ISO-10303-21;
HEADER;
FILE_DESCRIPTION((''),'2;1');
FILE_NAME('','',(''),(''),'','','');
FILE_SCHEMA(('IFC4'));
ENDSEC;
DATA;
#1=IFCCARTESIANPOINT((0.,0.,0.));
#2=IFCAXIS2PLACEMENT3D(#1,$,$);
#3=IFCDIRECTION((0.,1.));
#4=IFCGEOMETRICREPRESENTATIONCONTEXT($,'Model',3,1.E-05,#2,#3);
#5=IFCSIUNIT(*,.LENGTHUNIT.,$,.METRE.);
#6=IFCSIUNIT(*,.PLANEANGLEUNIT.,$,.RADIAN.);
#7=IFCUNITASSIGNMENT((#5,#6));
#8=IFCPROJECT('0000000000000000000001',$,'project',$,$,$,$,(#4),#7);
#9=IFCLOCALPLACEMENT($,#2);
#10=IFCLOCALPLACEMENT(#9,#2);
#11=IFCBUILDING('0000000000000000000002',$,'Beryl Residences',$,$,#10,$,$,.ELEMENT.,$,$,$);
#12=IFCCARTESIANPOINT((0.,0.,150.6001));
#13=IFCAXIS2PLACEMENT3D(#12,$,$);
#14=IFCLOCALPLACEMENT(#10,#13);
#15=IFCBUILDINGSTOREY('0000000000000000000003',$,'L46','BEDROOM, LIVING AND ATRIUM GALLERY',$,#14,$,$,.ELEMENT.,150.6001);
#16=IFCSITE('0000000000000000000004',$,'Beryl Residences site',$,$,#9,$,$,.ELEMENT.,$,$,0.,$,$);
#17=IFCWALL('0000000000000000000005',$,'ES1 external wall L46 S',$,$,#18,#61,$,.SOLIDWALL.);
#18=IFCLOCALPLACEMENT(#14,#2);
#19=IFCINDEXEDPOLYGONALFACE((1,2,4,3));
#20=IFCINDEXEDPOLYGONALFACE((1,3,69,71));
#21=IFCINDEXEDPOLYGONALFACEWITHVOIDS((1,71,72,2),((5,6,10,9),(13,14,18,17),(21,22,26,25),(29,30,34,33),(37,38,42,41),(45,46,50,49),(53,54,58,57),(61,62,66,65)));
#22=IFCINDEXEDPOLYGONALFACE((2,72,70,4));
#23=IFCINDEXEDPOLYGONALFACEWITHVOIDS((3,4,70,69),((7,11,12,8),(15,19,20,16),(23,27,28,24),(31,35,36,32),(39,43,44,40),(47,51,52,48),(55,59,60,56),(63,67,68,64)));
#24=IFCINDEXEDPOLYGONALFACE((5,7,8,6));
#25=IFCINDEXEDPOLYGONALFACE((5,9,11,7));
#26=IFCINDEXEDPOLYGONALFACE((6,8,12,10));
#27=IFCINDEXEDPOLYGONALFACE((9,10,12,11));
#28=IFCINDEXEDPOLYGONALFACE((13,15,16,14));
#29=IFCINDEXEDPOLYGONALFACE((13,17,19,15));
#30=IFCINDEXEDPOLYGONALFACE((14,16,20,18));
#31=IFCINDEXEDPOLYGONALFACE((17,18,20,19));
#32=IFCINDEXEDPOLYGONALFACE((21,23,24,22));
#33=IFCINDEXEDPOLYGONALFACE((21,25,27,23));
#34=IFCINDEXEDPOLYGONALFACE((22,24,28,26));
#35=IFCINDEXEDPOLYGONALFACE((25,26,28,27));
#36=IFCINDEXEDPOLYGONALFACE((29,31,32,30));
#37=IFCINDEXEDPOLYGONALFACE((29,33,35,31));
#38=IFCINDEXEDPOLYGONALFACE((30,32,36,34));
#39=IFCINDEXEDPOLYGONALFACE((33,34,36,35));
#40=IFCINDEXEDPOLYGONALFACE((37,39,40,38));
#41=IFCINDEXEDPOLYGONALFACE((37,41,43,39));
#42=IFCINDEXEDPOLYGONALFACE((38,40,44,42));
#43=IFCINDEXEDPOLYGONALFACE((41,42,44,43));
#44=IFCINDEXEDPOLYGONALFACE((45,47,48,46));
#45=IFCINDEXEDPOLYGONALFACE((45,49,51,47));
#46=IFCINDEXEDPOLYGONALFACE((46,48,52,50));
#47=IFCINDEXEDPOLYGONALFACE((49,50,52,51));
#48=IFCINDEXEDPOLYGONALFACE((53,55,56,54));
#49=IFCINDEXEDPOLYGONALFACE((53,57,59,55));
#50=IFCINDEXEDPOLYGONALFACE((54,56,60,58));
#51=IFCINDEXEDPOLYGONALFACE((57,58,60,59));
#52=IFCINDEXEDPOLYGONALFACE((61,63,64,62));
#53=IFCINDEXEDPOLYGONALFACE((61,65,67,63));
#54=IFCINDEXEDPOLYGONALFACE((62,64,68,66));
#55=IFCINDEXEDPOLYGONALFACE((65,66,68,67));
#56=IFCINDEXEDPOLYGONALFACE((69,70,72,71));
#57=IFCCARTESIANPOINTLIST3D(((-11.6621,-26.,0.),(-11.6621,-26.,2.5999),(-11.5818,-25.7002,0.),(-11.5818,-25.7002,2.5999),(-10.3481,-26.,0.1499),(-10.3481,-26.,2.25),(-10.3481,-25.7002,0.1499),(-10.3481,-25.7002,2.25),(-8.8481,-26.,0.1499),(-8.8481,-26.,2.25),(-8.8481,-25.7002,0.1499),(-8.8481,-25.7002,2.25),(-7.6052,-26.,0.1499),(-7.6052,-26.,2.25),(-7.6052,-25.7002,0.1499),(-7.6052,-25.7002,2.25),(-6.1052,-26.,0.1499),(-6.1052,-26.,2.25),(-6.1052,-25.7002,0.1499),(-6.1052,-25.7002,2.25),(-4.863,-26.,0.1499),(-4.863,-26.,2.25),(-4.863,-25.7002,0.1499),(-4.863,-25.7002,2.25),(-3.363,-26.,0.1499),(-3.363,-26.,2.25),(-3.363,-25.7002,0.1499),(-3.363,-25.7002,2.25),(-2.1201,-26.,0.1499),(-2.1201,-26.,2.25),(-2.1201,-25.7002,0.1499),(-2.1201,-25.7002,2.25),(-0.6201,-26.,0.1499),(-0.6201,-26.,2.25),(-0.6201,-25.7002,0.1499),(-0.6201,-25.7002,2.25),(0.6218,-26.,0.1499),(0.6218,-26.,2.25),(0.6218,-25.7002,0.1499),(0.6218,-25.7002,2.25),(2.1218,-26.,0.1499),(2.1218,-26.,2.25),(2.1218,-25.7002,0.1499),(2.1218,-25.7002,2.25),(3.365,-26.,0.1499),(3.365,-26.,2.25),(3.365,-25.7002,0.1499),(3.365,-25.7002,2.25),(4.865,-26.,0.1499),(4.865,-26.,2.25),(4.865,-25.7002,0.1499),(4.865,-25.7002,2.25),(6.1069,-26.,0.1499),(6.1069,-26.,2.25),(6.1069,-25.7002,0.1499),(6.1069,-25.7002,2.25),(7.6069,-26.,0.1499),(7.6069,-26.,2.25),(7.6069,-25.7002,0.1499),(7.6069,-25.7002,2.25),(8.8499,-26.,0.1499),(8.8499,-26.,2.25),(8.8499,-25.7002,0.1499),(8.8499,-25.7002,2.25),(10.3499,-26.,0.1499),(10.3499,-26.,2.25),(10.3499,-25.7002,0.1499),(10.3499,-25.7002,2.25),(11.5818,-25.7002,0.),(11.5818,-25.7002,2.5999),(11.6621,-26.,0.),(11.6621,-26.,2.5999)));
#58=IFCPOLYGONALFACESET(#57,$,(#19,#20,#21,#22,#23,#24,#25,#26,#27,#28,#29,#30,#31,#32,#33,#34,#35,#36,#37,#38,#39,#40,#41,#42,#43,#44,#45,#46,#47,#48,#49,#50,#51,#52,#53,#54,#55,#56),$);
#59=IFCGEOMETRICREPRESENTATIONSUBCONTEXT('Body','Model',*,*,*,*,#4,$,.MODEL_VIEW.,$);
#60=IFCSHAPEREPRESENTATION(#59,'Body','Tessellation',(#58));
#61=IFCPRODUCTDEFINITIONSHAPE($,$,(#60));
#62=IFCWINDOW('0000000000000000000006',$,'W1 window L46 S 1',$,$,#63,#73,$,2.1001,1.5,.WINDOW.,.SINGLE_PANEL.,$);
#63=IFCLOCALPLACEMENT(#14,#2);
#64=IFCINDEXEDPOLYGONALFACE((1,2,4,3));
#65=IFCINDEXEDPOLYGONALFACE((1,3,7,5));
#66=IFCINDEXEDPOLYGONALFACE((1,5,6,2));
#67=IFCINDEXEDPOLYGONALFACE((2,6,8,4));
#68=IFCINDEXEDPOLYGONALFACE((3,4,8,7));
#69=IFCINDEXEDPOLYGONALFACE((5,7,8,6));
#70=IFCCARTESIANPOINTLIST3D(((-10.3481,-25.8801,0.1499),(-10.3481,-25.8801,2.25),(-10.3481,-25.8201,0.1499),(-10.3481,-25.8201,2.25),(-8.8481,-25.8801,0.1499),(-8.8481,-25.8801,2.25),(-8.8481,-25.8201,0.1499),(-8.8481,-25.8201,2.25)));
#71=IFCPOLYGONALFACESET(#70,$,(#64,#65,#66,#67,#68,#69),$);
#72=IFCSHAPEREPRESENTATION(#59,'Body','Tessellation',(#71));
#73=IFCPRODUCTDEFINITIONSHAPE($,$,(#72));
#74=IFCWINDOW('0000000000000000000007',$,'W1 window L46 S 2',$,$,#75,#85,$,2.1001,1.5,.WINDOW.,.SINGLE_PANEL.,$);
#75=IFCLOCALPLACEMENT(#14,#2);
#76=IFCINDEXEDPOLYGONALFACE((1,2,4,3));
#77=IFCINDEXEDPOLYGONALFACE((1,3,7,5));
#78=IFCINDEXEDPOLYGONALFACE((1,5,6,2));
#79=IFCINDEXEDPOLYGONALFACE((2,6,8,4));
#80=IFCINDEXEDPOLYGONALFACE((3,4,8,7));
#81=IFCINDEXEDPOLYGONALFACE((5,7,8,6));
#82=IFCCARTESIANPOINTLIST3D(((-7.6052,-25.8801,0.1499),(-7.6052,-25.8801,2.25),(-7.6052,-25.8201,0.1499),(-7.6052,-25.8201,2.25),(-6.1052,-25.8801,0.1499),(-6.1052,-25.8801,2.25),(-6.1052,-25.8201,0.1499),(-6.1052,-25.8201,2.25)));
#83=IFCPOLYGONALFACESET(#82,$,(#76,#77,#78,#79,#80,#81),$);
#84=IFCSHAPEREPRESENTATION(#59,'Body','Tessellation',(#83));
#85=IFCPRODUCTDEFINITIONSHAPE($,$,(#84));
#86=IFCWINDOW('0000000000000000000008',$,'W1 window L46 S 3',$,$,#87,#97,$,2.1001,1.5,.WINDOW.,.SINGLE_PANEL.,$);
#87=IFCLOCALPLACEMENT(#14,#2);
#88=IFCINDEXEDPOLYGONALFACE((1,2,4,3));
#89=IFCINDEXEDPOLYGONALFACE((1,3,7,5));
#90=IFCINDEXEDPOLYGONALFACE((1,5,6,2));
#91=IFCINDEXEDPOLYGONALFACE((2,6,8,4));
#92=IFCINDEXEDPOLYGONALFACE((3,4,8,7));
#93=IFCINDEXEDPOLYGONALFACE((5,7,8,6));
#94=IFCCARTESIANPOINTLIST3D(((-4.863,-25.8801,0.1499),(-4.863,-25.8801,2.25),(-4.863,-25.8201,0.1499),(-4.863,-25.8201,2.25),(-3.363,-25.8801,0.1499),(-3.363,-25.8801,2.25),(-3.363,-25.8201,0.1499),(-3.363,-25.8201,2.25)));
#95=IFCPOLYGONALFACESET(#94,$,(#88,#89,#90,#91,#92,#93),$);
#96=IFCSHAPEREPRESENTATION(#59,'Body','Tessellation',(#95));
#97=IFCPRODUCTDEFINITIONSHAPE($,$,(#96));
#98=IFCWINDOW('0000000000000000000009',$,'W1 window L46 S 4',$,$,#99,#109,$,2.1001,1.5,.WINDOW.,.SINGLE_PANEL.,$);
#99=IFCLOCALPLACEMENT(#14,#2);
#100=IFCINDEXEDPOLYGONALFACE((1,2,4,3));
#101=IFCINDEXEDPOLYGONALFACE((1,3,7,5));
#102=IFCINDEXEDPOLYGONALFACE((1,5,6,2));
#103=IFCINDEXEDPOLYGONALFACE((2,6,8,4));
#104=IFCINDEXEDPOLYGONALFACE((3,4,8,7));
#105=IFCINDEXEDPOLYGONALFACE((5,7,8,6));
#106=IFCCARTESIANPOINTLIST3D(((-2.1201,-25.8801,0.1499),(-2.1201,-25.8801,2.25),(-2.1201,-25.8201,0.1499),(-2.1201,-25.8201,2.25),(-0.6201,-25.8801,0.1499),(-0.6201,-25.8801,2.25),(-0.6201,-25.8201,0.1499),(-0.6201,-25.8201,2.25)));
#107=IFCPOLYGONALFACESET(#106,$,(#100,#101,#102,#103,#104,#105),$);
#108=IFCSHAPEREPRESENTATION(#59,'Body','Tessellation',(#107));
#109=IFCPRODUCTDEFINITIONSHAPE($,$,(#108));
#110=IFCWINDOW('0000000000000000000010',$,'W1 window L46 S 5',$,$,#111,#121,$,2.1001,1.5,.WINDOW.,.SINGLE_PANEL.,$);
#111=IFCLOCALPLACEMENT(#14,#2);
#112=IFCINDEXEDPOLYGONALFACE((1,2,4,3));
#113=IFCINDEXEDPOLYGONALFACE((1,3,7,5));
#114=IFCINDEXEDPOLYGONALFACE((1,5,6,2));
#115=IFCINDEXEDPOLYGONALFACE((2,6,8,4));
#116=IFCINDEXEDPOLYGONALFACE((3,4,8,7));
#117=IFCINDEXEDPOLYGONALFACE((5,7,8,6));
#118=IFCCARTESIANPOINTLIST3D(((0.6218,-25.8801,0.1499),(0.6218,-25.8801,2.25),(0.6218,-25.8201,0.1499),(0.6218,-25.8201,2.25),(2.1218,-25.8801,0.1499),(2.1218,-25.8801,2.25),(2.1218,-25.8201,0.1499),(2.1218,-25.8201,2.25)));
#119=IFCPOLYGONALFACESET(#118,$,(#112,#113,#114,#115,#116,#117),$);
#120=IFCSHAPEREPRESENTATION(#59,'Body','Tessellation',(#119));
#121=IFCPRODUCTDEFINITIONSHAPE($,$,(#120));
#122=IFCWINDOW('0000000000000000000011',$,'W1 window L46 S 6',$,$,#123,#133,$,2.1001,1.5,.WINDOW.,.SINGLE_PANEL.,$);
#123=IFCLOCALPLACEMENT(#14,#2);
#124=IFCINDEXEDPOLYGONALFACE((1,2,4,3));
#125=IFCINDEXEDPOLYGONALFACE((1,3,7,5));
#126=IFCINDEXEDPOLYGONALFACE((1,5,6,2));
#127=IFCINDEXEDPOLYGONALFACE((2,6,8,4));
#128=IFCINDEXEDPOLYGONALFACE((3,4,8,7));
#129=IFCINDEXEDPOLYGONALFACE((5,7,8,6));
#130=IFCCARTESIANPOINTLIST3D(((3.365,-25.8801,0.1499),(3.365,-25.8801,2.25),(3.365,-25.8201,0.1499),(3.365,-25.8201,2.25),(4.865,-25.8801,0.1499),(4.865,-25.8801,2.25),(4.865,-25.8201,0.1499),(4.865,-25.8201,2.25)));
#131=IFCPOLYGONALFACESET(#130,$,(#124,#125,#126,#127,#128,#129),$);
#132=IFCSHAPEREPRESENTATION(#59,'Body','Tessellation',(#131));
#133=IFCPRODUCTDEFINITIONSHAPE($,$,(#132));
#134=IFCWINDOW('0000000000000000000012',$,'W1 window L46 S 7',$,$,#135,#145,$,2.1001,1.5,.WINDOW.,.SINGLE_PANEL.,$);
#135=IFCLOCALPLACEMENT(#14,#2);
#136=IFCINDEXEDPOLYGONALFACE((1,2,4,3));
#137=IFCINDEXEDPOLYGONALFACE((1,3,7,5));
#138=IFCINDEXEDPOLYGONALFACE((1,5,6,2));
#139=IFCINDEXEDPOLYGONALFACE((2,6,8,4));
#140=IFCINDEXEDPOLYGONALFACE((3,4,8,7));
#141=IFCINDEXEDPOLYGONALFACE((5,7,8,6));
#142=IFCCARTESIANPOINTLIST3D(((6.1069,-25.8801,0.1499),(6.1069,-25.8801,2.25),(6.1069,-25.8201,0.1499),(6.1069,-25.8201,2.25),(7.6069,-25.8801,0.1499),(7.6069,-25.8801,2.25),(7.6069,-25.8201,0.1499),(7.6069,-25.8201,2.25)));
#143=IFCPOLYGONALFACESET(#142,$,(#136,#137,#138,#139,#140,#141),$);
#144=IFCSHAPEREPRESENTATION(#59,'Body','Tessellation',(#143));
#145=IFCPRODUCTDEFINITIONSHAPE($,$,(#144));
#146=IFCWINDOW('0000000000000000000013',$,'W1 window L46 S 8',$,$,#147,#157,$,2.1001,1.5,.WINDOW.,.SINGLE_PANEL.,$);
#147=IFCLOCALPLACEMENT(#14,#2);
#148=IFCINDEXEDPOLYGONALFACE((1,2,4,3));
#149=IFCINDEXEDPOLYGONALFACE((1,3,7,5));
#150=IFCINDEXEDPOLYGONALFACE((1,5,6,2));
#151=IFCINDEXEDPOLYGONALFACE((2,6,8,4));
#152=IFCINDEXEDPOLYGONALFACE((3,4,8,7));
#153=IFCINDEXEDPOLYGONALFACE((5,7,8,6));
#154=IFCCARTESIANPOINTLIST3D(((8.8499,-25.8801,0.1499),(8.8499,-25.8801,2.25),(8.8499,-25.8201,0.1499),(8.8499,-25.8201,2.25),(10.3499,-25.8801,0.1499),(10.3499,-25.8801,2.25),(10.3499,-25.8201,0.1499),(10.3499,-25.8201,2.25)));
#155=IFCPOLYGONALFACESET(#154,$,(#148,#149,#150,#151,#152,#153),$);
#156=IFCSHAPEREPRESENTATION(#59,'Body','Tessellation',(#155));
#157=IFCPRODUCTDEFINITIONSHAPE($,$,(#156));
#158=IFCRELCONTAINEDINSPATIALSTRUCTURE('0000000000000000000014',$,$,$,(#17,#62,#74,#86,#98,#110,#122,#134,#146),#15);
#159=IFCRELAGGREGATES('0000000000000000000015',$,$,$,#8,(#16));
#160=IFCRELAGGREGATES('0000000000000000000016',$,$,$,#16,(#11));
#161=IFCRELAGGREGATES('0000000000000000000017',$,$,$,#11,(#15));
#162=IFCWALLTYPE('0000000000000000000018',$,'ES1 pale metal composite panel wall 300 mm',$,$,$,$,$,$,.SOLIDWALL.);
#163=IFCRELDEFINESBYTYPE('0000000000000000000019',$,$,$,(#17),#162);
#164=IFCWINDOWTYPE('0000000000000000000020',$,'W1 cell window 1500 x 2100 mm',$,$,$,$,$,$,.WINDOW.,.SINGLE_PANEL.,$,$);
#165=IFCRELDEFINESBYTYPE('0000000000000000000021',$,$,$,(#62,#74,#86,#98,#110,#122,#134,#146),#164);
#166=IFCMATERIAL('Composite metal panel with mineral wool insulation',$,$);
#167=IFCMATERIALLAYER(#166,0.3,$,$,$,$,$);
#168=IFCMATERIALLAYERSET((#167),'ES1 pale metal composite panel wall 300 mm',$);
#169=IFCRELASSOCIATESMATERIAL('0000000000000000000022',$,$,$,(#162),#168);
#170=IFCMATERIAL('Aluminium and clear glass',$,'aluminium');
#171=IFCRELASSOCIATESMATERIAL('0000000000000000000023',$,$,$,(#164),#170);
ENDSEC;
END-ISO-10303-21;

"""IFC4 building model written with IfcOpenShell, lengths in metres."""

from ifc_helpers import new_model, si_unit, direction, frame, frame_2d, origin, place, context, subcontext, project, spatial, polyline, rectangle, outline, extrude, material, layer, layer_set, type_object, element, fill, save


model = new_model("IFC4")

# Units and contexts
model_context = context("Model", 3, precision=1e-05, world=origin(), true_north=direction((0.0, 1.0)))
body_context = subcontext(model_context, "Body", "Model", "MODEL_VIEW")
ifc_project = project(units=[si_unit("LENGTHUNIT", "METRE"), si_unit("PLANEANGLEUNIT", "RADIAN")], contexts=[model_context])

# Site, building, storey
site_placement = place(None, origin())
site = spatial("IfcSite", under=ifc_project, at=site_placement, Name="Beryl Residences site", CompositionType="ELEMENT", RefElevation=0.0)
building_placement = place(site_placement, origin())
building = spatial("IfcBuilding", under=site, at=building_placement, Name="Beryl Residences", CompositionType="ELEMENT")
storey_placement = place(building_placement, frame((0.0, 0.0, 150.6001)))
storey = spatial("IfcBuildingStorey", under=building, at=storey_placement, Name="L46", Description="BEDROOM, LIVING AND ATRIUM GALLERY", CompositionType="ELEMENT", Elevation=150.6001)

# Wall, openings, windows
ifc_material_1 = material(Name="Composite metal panel with mineral wool insulation")
ifc_layer_1 = layer(ifc_material_1, 0.3)
ifc_layer_set_1 = layer_set([ifc_layer_1], Name="ES1 pale metal composite panel wall 300 mm")
wall_type_1 = type_object("IfcWallType", Name="ES1 pale metal composite panel wall 300 mm", PredefinedType="SOLIDWALL", material=ifc_layer_set_1)
wall_1_placement = place(storey_placement, frame((-11.6621, -25.8501, 0.0), z_axis=(0.0, 0.0, 1.0), x_axis=(1.0, 0.0, 0.0)))
wall_1 = element("IfcWall", 1, at=wall_1_placement, inside=storey, type_object=wall_type_1, Name="ES1 external wall L46 S", PredefinedType="SOLIDWALL", context=body_context, shape_type="SweptSolid", body=[
    extrude(outline(polyline([(0.0, -0.1499), (23.3242, -0.1499), (23.2439, 0.1499), (0.0803, 0.1499), (0.0, -0.1499)])), origin(), (0.0, 0.0, 1.0), 2.5999),
])
opening_1_placement = place(wall_1_placement, frame((1.314, 0.0, 0.1499)))
opening_1 = element("IfcOpeningElement", 2, at=opening_1_placement, cuts=wall_1, PredefinedType="OPENING", context=body_context, shape_type="SweptSolid", body=[
    extrude(rectangle(XDim=1.5, YDim=2.1001, at=frame_2d((0.75, 1.05))), frame((0.0, 0.1599, 0.0), z_axis=(0.0, -1.0, 0.0), x_axis=(1.0, 0.0, 0.0)), (0.0, 0.0, 1.0), 0.3201),
])
opening_2_placement = place(wall_1_placement, frame((4.0569, 0.0, 0.1499)))
opening_2 = element("IfcOpeningElement", 3, at=opening_2_placement, cuts=wall_1, PredefinedType="OPENING", context=body_context, shape_type="SweptSolid", body=[
    extrude(rectangle(XDim=1.5, YDim=2.1001, at=frame_2d((0.75, 1.05))), frame((0.0, 0.1599, 0.0), z_axis=(0.0, -1.0, 0.0), x_axis=(1.0, 0.0, 0.0)), (0.0, 0.0, 1.0), 0.3201),
])
opening_3_placement = place(wall_1_placement, frame((6.7991, 0.0, 0.1499)))
opening_3 = element("IfcOpeningElement", 4, at=opening_3_placement, cuts=wall_1, PredefinedType="OPENING", context=body_context, shape_type="SweptSolid", body=[
    extrude(rectangle(XDim=1.5, YDim=2.1001, at=frame_2d((0.75, 1.05))), frame((0.0, 0.1599, 0.0), z_axis=(0.0, -1.0, 0.0), x_axis=(1.0, 0.0, 0.0)), (0.0, 0.0, 1.0), 0.3201),
])
opening_4_placement = place(wall_1_placement, frame((9.542, 0.0, 0.1499)))
opening_4 = element("IfcOpeningElement", 5, at=opening_4_placement, cuts=wall_1, PredefinedType="OPENING", context=body_context, shape_type="SweptSolid", body=[
    extrude(rectangle(XDim=1.5, YDim=2.1001, at=frame_2d((0.75, 1.05))), frame((0.0, 0.1599, 0.0), z_axis=(0.0, -1.0, 0.0), x_axis=(1.0, 0.0, 0.0)), (0.0, 0.0, 1.0), 0.3201),
])
opening_5_placement = place(wall_1_placement, frame((12.2839, 0.0, 0.1499)))
opening_5 = element("IfcOpeningElement", 6, at=opening_5_placement, cuts=wall_1, PredefinedType="OPENING", context=body_context, shape_type="SweptSolid", body=[
    extrude(rectangle(XDim=1.5, YDim=2.1001, at=frame_2d((0.75, 1.05))), frame((0.0, 0.1599, 0.0), z_axis=(0.0, -1.0, 0.0), x_axis=(1.0, 0.0, 0.0)), (0.0, 0.0, 1.0), 0.3201),
])
opening_6_placement = place(wall_1_placement, frame((15.0271, 0.0, 0.1499)))
opening_6 = element("IfcOpeningElement", 7, at=opening_6_placement, cuts=wall_1, PredefinedType="OPENING", context=body_context, shape_type="SweptSolid", body=[
    extrude(rectangle(XDim=1.5, YDim=2.1001, at=frame_2d((0.75, 1.05))), frame((0.0, 0.1599, 0.0), z_axis=(0.0, -1.0, 0.0), x_axis=(1.0, 0.0, 0.0)), (0.0, 0.0, 1.0), 0.3201),
])
opening_7_placement = place(wall_1_placement, frame((17.769, 0.0, 0.1499)))
opening_7 = element("IfcOpeningElement", 8, at=opening_7_placement, cuts=wall_1, PredefinedType="OPENING", context=body_context, shape_type="SweptSolid", body=[
    extrude(rectangle(XDim=1.5, YDim=2.1001, at=frame_2d((0.75, 1.05))), frame((0.0, 0.1599, 0.0), z_axis=(0.0, -1.0, 0.0), x_axis=(1.0, 0.0, 0.0)), (0.0, 0.0, 1.0), 0.3201),
])
opening_8_placement = place(wall_1_placement, frame((20.512, 0.0, 0.1499)))
opening_8 = element("IfcOpeningElement", 9, at=opening_8_placement, cuts=wall_1, PredefinedType="OPENING", context=body_context, shape_type="SweptSolid", body=[
    extrude(rectangle(XDim=1.5, YDim=2.1001, at=frame_2d((0.75, 1.05))), frame((0.0, 0.1599, 0.0), z_axis=(0.0, -1.0, 0.0), x_axis=(1.0, 0.0, 0.0)), (0.0, 0.0, 1.0), 0.3201),
])
ifc_material_2 = material(Name="Aluminium and clear glass", Category="aluminium")
window_type = type_object("IfcWindowType", Name="W1 cell window 1500 x 2100 mm", PartitioningType="SINGLE_PANEL", PredefinedType="WINDOW", material=ifc_material_2)
window_1_placement = place(opening_1_placement, origin())
window_1 = element("IfcWindow", 10, at=window_1_placement, inside=storey, type_object=window_type, Name="W1 window L46 S 1", OverallHeight=2.1001, OverallWidth=1.5, PartitioningType="SINGLE_PANEL", PredefinedType="WINDOW", context=body_context, shape_type="SweptSolid", body=[
    extrude(rectangle(XDim=1.5, YDim=2.1001, at=frame_2d((0.75, 1.05))), frame((0.0, 0.03, 0.0), z_axis=(0.0, -1.0, 0.0), x_axis=(1.0, 0.0, 0.0)), (0.0, 0.0, 1.0), 0.0601),
])
fill(opening_1, window_1)
window_2_placement = place(opening_2_placement, origin())
window_2 = element("IfcWindow", 11, at=window_2_placement, inside=storey, type_object=window_type, Name="W1 window L46 S 2", OverallHeight=2.1001, OverallWidth=1.5, PartitioningType="SINGLE_PANEL", PredefinedType="WINDOW", context=body_context, shape_type="SweptSolid", body=[
    extrude(rectangle(XDim=1.5, YDim=2.1001, at=frame_2d((0.75, 1.05))), frame((0.0, 0.03, 0.0), z_axis=(0.0, -1.0, 0.0), x_axis=(1.0, 0.0, 0.0)), (0.0, 0.0, 1.0), 0.0601),
])
fill(opening_2, window_2)
window_3_placement = place(opening_3_placement, origin())
window_3 = element("IfcWindow", 12, at=window_3_placement, inside=storey, type_object=window_type, Name="W1 window L46 S 3", OverallHeight=2.1001, OverallWidth=1.5, PartitioningType="SINGLE_PANEL", PredefinedType="WINDOW", context=body_context, shape_type="SweptSolid", body=[
    extrude(rectangle(XDim=1.5, YDim=2.1001, at=frame_2d((0.75, 1.05))), frame((0.0, 0.03, 0.0), z_axis=(0.0, -1.0, 0.0), x_axis=(1.0, 0.0, 0.0)), (0.0, 0.0, 1.0), 0.0601),
])
fill(opening_3, window_3)
window_4_placement = place(opening_4_placement, origin())
window_4 = element("IfcWindow", 13, at=window_4_placement, inside=storey, type_object=window_type, Name="W1 window L46 S 4", OverallHeight=2.1001, OverallWidth=1.5, PartitioningType="SINGLE_PANEL", PredefinedType="WINDOW", context=body_context, shape_type="SweptSolid", body=[
    extrude(rectangle(XDim=1.5, YDim=2.1001, at=frame_2d((0.75, 1.05))), frame((0.0, 0.03, 0.0), z_axis=(0.0, -1.0, 0.0), x_axis=(1.0, 0.0, 0.0)), (0.0, 0.0, 1.0), 0.0601),
])
fill(opening_4, window_4)
window_5_placement = place(opening_5_placement, origin())
window_5 = element("IfcWindow", 14, at=window_5_placement, inside=storey, type_object=window_type, Name="W1 window L46 S 5", OverallHeight=2.1001, OverallWidth=1.5, PartitioningType="SINGLE_PANEL", PredefinedType="WINDOW", context=body_context, shape_type="SweptSolid", body=[
    extrude(rectangle(XDim=1.5, YDim=2.1001, at=frame_2d((0.75, 1.05))), frame((0.0, 0.03, 0.0), z_axis=(0.0, -1.0, 0.0), x_axis=(1.0, 0.0, 0.0)), (0.0, 0.0, 1.0), 0.0601),
])
fill(opening_5, window_5)
window_6_placement = place(opening_6_placement, origin())
window_6 = element("IfcWindow", 15, at=window_6_placement, inside=storey, type_object=window_type, Name="W1 window L46 S 6", OverallHeight=2.1001, OverallWidth=1.5, PartitioningType="SINGLE_PANEL", PredefinedType="WINDOW", context=body_context, shape_type="SweptSolid", body=[
    extrude(rectangle(XDim=1.5, YDim=2.1001, at=frame_2d((0.75, 1.05))), frame((0.0, 0.03, 0.0), z_axis=(0.0, -1.0, 0.0), x_axis=(1.0, 0.0, 0.0)), (0.0, 0.0, 1.0), 0.0601),
])
fill(opening_6, window_6)
window_7_placement = place(opening_7_placement, origin())
window_7 = element("IfcWindow", 16, at=window_7_placement, inside=storey, type_object=window_type, Name="W1 window L46 S 7", OverallHeight=2.1001, OverallWidth=1.5, PartitioningType="SINGLE_PANEL", PredefinedType="WINDOW", context=body_context, shape_type="SweptSolid", body=[
    extrude(rectangle(XDim=1.5, YDim=2.1001, at=frame_2d((0.75, 1.05))), frame((0.0, 0.03, 0.0), z_axis=(0.0, -1.0, 0.0), x_axis=(1.0, 0.0, 0.0)), (0.0, 0.0, 1.0), 0.0601),
])
fill(opening_7, window_7)
window_8_placement = place(opening_8_placement, origin())
window_8 = element("IfcWindow", 17, at=window_8_placement, inside=storey, type_object=window_type, Name="W1 window L46 S 8", OverallHeight=2.1001, OverallWidth=1.5, PartitioningType="SINGLE_PANEL", PredefinedType="WINDOW", context=body_context, shape_type="SweptSolid", body=[
    extrude(rectangle(XDim=1.5, YDim=2.1001, at=frame_2d((0.75, 1.05))), frame((0.0, 0.03, 0.0), z_axis=(0.0, -1.0, 0.0), x_axis=(1.0, 0.0, 0.0)), (0.0, 0.0, 1.0), 0.0601),
])
fill(opening_8, window_8)

save(model, "model.ifc")
